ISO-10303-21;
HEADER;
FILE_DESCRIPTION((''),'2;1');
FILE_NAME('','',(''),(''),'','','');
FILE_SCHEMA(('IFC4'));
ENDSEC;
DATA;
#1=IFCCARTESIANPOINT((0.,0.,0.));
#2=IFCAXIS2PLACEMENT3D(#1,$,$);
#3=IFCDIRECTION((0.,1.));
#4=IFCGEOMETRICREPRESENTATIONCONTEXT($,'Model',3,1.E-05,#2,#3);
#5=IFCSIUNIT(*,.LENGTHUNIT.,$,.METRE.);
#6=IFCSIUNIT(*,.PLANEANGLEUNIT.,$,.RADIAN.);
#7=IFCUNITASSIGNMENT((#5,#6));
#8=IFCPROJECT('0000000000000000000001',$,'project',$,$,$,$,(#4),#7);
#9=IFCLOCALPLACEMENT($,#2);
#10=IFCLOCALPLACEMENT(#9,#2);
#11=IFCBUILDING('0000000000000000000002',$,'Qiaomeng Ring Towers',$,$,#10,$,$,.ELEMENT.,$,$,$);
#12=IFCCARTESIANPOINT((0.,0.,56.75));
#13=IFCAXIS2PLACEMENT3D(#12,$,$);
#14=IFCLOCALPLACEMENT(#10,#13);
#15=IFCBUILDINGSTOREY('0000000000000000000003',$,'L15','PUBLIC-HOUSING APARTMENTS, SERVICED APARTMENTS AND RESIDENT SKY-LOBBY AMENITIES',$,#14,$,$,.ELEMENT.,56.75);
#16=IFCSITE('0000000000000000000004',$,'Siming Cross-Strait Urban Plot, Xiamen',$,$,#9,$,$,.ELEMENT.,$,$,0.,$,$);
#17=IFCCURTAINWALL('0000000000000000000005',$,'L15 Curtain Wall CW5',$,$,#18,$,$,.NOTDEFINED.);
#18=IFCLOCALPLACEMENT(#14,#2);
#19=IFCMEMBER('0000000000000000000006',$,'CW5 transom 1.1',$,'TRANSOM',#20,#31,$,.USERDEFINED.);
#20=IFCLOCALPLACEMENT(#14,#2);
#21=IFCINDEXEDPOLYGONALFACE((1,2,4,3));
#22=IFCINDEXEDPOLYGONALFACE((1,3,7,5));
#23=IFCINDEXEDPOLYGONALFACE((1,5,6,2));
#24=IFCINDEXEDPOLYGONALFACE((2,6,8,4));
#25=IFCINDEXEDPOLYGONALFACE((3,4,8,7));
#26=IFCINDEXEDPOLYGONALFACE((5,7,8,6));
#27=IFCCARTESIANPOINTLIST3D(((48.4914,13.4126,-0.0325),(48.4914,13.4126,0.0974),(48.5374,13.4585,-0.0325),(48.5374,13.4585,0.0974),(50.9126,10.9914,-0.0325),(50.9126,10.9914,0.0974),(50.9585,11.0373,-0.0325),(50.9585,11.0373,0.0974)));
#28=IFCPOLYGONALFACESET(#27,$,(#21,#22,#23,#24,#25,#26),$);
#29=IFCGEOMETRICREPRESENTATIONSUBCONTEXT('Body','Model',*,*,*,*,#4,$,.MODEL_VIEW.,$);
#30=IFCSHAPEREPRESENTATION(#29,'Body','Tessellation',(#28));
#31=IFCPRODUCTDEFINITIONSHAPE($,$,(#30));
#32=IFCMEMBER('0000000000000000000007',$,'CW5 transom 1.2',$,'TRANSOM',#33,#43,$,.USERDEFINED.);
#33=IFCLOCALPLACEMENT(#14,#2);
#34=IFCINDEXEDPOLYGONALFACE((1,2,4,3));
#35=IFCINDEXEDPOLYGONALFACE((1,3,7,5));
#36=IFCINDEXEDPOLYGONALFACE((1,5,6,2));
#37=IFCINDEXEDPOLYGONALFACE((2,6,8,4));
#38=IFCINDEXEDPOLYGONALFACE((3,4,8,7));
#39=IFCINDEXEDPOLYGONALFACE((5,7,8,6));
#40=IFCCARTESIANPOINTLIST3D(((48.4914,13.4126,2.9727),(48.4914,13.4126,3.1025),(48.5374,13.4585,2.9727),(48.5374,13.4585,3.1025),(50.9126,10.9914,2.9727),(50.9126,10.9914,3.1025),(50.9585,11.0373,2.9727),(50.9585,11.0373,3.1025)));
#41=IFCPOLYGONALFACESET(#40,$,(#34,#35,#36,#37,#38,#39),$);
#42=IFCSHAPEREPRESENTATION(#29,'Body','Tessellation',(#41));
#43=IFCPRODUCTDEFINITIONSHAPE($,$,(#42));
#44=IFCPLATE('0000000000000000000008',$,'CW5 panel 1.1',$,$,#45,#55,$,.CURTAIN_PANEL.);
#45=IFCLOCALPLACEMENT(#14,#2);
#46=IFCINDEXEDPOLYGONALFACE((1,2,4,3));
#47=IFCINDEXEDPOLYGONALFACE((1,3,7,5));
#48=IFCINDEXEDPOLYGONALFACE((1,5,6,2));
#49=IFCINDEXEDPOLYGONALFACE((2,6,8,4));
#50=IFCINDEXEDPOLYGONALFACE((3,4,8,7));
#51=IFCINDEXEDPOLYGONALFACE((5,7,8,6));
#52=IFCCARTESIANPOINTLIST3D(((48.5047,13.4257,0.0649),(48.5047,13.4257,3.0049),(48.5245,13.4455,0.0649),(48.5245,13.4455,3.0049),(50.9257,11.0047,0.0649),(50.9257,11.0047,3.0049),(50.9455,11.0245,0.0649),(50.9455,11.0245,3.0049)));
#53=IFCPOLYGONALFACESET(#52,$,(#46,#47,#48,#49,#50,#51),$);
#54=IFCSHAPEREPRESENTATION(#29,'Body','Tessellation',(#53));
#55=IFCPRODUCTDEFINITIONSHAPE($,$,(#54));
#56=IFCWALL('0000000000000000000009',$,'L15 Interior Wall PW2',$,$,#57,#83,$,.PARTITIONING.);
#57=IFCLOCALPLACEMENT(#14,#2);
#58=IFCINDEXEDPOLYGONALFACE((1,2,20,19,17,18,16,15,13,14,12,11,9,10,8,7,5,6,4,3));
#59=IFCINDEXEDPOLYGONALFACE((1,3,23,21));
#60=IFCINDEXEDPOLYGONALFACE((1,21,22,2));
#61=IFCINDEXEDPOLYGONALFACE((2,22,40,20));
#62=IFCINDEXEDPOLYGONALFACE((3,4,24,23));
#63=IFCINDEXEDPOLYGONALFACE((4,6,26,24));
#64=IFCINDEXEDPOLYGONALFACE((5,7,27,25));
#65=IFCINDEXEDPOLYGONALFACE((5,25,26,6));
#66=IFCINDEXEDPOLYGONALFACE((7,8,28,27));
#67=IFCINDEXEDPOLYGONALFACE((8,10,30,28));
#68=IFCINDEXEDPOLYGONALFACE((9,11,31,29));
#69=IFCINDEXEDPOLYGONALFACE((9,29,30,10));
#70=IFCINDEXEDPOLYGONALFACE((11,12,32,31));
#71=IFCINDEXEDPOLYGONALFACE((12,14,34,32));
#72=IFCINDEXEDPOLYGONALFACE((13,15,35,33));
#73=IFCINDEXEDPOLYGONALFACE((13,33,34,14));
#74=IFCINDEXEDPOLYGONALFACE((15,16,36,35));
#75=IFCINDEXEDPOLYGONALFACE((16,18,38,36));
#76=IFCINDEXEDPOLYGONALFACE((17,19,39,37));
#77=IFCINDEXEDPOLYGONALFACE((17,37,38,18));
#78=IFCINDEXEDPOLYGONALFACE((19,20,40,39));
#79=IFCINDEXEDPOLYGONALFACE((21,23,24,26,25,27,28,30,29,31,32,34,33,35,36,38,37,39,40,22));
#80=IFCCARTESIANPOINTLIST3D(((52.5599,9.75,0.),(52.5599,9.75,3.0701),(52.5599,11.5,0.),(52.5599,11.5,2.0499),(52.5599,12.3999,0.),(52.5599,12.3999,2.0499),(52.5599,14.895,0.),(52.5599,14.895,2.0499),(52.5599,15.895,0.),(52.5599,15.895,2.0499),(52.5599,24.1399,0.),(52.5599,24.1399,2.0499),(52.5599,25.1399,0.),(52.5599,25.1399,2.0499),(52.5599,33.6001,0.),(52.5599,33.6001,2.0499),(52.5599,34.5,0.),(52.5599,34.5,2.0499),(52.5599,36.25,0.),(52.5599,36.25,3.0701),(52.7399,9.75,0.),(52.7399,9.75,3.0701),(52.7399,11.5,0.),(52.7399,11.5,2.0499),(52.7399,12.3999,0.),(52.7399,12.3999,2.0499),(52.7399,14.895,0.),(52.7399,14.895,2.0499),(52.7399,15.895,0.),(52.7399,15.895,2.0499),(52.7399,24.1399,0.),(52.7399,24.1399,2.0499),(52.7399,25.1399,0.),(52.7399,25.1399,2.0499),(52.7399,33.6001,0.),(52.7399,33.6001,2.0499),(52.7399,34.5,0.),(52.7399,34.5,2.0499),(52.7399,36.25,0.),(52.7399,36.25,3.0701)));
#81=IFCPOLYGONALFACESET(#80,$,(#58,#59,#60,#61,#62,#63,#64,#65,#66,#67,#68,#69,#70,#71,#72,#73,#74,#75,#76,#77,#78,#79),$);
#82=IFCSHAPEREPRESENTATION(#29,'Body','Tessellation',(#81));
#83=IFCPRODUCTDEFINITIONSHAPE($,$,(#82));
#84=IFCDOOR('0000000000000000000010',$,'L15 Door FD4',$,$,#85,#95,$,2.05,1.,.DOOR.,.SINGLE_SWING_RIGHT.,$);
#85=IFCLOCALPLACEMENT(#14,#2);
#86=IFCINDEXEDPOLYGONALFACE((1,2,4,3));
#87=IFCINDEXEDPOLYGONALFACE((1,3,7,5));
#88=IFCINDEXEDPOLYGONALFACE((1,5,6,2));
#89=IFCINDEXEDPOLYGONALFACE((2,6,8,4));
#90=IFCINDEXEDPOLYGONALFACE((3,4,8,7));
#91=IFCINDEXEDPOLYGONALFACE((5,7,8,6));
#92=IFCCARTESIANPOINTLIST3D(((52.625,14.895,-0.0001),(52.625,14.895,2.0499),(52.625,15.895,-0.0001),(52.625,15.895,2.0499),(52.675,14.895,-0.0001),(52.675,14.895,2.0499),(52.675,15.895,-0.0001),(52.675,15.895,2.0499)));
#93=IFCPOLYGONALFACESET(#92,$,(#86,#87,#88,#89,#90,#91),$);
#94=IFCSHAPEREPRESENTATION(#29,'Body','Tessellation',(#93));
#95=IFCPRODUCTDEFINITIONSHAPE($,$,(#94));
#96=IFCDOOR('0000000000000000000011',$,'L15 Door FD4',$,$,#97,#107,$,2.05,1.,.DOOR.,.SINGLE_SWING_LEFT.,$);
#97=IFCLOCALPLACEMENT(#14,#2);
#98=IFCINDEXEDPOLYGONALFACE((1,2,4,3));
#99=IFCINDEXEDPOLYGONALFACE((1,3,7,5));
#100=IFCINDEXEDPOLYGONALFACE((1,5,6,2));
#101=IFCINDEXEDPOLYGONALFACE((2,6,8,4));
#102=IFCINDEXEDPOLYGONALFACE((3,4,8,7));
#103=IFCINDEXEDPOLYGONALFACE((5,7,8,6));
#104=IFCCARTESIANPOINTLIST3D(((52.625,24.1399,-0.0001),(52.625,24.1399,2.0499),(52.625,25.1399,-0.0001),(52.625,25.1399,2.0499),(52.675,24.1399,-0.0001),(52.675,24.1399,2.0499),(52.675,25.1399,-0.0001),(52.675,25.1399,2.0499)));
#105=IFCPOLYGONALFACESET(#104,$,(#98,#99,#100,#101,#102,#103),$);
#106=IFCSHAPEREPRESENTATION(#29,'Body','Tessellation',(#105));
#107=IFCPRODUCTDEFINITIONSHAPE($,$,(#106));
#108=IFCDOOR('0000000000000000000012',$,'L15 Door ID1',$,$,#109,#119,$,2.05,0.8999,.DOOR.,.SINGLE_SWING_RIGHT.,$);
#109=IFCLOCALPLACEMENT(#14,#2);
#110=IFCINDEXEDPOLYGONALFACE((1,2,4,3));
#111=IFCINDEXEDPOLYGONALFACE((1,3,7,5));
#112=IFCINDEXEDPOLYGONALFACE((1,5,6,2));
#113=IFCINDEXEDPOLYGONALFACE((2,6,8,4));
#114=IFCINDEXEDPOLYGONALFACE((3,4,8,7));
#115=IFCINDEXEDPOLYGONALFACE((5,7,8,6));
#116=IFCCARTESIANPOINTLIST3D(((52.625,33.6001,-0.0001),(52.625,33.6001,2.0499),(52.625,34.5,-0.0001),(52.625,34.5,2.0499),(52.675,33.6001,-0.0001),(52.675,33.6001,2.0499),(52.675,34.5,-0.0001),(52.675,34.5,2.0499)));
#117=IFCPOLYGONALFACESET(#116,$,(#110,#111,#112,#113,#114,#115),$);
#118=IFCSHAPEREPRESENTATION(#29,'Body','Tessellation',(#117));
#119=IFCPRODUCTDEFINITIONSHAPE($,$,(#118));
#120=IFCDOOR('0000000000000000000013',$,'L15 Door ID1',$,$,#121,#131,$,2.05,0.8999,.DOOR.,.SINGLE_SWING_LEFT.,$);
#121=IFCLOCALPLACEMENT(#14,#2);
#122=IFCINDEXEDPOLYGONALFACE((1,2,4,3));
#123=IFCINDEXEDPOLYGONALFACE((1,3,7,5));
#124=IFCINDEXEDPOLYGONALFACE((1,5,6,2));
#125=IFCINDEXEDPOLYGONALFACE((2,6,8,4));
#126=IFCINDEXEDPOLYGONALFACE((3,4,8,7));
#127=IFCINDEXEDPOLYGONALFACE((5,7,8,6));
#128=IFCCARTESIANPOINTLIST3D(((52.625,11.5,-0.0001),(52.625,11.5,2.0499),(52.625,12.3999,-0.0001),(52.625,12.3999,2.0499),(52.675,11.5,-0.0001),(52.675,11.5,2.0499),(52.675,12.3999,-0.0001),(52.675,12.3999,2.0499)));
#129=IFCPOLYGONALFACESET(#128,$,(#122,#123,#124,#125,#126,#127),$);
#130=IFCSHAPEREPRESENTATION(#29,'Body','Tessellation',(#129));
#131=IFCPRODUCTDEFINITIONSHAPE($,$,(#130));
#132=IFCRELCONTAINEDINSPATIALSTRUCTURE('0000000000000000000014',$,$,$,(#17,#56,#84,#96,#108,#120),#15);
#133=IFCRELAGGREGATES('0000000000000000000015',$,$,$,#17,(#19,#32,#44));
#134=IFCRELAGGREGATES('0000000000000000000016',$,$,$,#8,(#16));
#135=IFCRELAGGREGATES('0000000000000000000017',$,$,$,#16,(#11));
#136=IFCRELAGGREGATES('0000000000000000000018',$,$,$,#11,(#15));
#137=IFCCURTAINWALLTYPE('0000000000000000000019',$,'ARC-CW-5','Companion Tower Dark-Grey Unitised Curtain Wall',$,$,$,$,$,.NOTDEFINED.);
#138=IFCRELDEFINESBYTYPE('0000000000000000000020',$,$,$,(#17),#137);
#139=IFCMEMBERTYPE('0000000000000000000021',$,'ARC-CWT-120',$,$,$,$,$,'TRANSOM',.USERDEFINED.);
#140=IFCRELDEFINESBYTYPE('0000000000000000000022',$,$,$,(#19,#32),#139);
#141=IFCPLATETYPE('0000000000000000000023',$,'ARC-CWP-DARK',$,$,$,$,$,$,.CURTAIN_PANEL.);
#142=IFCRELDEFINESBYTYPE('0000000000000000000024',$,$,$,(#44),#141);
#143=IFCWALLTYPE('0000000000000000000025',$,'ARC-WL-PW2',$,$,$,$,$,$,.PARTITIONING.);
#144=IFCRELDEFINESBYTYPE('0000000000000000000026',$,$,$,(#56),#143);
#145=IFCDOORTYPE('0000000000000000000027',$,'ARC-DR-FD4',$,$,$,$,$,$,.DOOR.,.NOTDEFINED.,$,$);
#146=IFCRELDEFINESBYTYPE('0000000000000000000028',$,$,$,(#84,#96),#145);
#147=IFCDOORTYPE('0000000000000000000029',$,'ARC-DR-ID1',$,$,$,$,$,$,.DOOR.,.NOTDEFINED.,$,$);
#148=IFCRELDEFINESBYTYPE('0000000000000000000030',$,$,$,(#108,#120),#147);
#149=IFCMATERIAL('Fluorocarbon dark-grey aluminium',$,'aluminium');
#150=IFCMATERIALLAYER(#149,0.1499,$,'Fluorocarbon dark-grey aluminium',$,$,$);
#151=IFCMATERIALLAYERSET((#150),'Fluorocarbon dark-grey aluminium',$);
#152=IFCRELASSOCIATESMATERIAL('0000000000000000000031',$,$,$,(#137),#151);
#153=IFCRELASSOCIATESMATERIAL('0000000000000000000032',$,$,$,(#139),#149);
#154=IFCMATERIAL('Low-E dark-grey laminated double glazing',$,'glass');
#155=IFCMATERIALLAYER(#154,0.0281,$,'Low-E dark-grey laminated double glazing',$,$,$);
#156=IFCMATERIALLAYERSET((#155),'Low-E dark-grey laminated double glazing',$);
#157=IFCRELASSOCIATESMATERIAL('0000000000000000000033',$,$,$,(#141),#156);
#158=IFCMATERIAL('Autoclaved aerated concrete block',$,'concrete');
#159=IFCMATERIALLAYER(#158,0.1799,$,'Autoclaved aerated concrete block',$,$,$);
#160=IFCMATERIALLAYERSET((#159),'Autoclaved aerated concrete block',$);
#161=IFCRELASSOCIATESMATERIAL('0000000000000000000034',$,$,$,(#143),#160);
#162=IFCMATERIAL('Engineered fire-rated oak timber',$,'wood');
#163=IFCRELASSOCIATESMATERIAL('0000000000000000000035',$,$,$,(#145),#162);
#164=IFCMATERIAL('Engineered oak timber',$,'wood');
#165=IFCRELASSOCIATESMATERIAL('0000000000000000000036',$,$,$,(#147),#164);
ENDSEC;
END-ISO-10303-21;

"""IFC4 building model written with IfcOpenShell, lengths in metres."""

from ifc_helpers import new_model, si_unit, direction, frame, frame_2d, origin, origin_2d, place, context, subcontext, project, spatial, rectangle, extrude, source, transform, mapped, material, layer, layer_set, material_profile, profile_set, type_object, element, fill, aggregate, save


model = new_model("IFC4")

# Units and contexts
model_context = context("Model", 3, precision=1e-05, world=origin(), true_north=direction((0.0, 1.0)))
body_context = subcontext(model_context, "Body", "Model", "MODEL_VIEW")
ifc_project = project(units=[si_unit("LENGTHUNIT", "METRE"), si_unit("PLANEANGLEUNIT", "RADIAN")], contexts=[model_context])

# Site, building, storey
site_placement = place(None, origin())
site = spatial("IfcSite", under=ifc_project, at=site_placement, Name="Siming Cross-Strait Urban Plot, Xiamen", CompositionType="ELEMENT", RefElevation=0.0)
building_placement = place(site_placement, origin())
building = spatial("IfcBuilding", under=site, at=building_placement, Name="Qiaomeng Ring Towers", CompositionType="ELEMENT")
storey_placement = place(building_placement, frame((0.0, 0.0, 56.75)))
storey = spatial("IfcBuildingStorey", under=building, at=storey_placement, Name="L15", Description="PUBLIC-HOUSING APARTMENTS, SERVICED APARTMENTS AND RESIDENT SKY-LOBBY AMENITIES", CompositionType="ELEMENT", Elevation=56.75)

# Curtain wall
ifc_material_1 = material(Name="Fluorocarbon dark-grey aluminium", Category="aluminium")
ifc_layer_1 = layer(ifc_material_1, 0.1499, Name="Fluorocarbon dark-grey aluminium")
ifc_layer_set_1 = layer_set([ifc_layer_1], Name="Fluorocarbon dark-grey aluminium")
curtain_wall_type = type_object("IfcCurtainWallType", Name="ARC-CW-5", Description="Companion Tower Dark-Grey Unitised Curtain Wall", PredefinedType="NOTDEFINED", material=ifc_layer_set_1)
curtain_wall_1_placement = place(storey_placement, origin())
curtain_wall_1 = element("IfcCurtainWall", 1, at=curtain_wall_1_placement, inside=storey, type_object=curtain_wall_type, Name="L15 Curtain Wall CW5", PredefinedType="NOTDEFINED")

# Shared definitions
ifc_material_profile_1 = material_profile(ifc_material_1, rectangle(XDim=0.0649, YDim=0.1299, at=origin_2d()), Name="ALU TRAN 65x130")
ifc_profile_set_1 = profile_set([ifc_material_profile_1], Name="Fluorocarbon dark-grey aluminium")
member_type_1 = type_object("IfcMemberType", Name="ARC-CWT-120", ElementType="TRANSOM", PredefinedType="USERDEFINED", material=ifc_profile_set_1)

# Members
shared_shape_1 = source(origin(), body_context, "Body", "SweptSolid", [
    extrude(rectangle(XDim=0.0649, YDim=0.1299, at=origin_2d()), origin(), (0.0, 0.0, 1.0), 3.4241),
])
member_1_placement = place(storey_placement, frame((48.5144, 13.4355, 0.0325), z_axis=(0.707107, -0.707107, 0.0), x_axis=(0.707107, 0.707107, 0.0)))
member_1 = element("IfcMember", 2, at=member_1_placement, type_object=member_type_1, Name="CW5 transom 1.1", ObjectType="TRANSOM", PredefinedType="USERDEFINED", context=body_context, shape_type="MappedRepresentation", body=[
    mapped(shared_shape_1, transform((0.0, 0.0, 0.0), x_axis=(1.0, 0.0, 0.0), y_axis=(0.0, 1.0, 0.0), z_axis=(0.0, 0.0, 1.0), scale=1.0)),
])
member_2_placement = place(storey_placement, frame((48.5144, 13.4355, 3.0376), z_axis=(0.707107, -0.707107, 0.0), x_axis=(0.707107, 0.707107, 0.0)))
member_2 = element("IfcMember", 3, at=member_2_placement, type_object=member_type_1, Name="CW5 transom 1.2", ObjectType="TRANSOM", PredefinedType="USERDEFINED", context=body_context, shape_type="MappedRepresentation", body=[
    mapped(shared_shape_1, transform((0.0, 0.0, 0.0), x_axis=(1.0, 0.0, 0.0), y_axis=(0.0, 1.0, 0.0), z_axis=(0.0, 0.0, 1.0), scale=1.0)),
])

# Plate
ifc_material_2 = material(Name="Low-E dark-grey laminated double glazing", Category="glass")
ifc_layer_2 = layer(ifc_material_2, 0.0281, Name="Low-E dark-grey laminated double glazing")
ifc_layer_set_2 = layer_set([ifc_layer_2], Name="Low-E dark-grey laminated double glazing")
plate_type = type_object("IfcPlateType", Name="ARC-CWP-DARK", PredefinedType="CURTAIN_PANEL", material=ifc_layer_set_2)
shared_shape_2 = source(origin(), body_context, "Body", "SweptSolid", [
    extrude(rectangle(XDim=3.4238, YDim=0.0281, at=origin_2d()), origin(), (0.0, 0.0, 1.0), 2.9399),
])
plate_placement = place(storey_placement, frame((49.7251, 12.2251, 0.0649), z_axis=(0.0, 0.0, 1.0), x_axis=(0.707107, -0.707107, 0.0)))
plate = element("IfcPlate", 4, at=plate_placement, type_object=plate_type, Name="CW5 panel 1.1", PredefinedType="CURTAIN_PANEL", context=body_context, shape_type="MappedRepresentation", body=[
    mapped(shared_shape_2, transform((0.0, 0.0, 0.0), x_axis=(1.0, 0.0, 0.0), y_axis=(0.0, 1.0, 0.0), z_axis=(0.0, 0.0, 1.0), scale=1.0)),
])
aggregate(curtain_wall_1, [member_1, member_2, plate])

# Wall, openings, doors
ifc_material_3 = material(Name="Autoclaved aerated concrete block", Category="concrete")
ifc_layer_3 = layer(ifc_material_3, 0.1799, Name="Autoclaved aerated concrete block")
ifc_layer_set_3 = layer_set([ifc_layer_3], Name="Autoclaved aerated concrete block")
wall_type_1 = type_object("IfcWallType", Name="ARC-WL-PW2", PredefinedType="PARTITIONING", material=ifc_layer_set_3)
wall_1_placement = place(storey_placement, frame((52.6499, 9.75, 0.0), z_axis=(0.0, 0.0, 1.0), x_axis=(0.0, 1.0, 0.0)))
wall_1 = element("IfcWall", 5, at=wall_1_placement, inside=storey, type_object=wall_type_1, Name="L15 Interior Wall PW2", PredefinedType="PARTITIONING", context=body_context, shape_type="SweptSolid", body=[
    extrude(rectangle(XDim=26.5, YDim=0.1799, at=frame_2d((13.25, 0.0))), origin(), (0.0, 0.0, 1.0), 3.0701),
])
opening_1_placement = place(wall_1_placement, frame((23.8501, 0.0, 0.0)))
opening_1 = element("IfcOpeningElement", 6, at=opening_1_placement, cuts=wall_1, PredefinedType="OPENING", context=body_context, shape_type="SweptSolid", body=[
    extrude(rectangle(XDim=0.8999, YDim=2.05, at=frame_2d((0.45, 1.0249))), frame((0.0, 0.0999, 0.0), z_axis=(0.0, -1.0, 0.0), x_axis=(1.0, 0.0, 0.0)), (0.0, 0.0, 1.0), 0.2),
])
opening_2_placement = place(wall_1_placement, frame((1.75, 0.0, 0.0)))
opening_2 = element("IfcOpeningElement", 7, at=opening_2_placement, cuts=wall_1, PredefinedType="OPENING", context=body_context, shape_type="SweptSolid", body=[
    extrude(rectangle(XDim=0.8999, YDim=2.05, at=frame_2d((0.45, 1.0249))), frame((0.0, 0.0999, 0.0), z_axis=(0.0, -1.0, 0.0), x_axis=(1.0, 0.0, 0.0)), (0.0, 0.0, 1.0), 0.2),
])
opening_3_placement = place(wall_1_placement, frame((5.145, 0.0, 0.0)))
opening_3 = element("IfcOpeningElement", 8, at=opening_3_placement, cuts=wall_1, PredefinedType="OPENING", context=body_context, shape_type="SweptSolid", body=[
    extrude(rectangle(XDim=1.0, YDim=2.05, at=frame_2d((0.5, 1.0249))), frame((0.0, 0.0999, 0.0), z_axis=(0.0, -1.0, 0.0), x_axis=(1.0, 0.0, 0.0)), (0.0, 0.0, 1.0), 0.2),
])
opening_4_placement = place(wall_1_placement, frame((14.3899, 0.0, 0.0)))
opening_4 = element("IfcOpeningElement", 9, at=opening_4_placement, cuts=wall_1, PredefinedType="OPENING", context=body_context, shape_type="SweptSolid", body=[
    extrude(rectangle(XDim=1.0, YDim=2.05, at=frame_2d((0.5, 1.0249))), frame((0.0, 0.0999, 0.0), z_axis=(0.0, -1.0, 0.0), x_axis=(1.0, 0.0, 0.0)), (0.0, 0.0, 1.0), 0.2),
])
ifc_material_4 = material(Name="Engineered fire-rated oak timber", Category="wood")
door_type_1 = type_object("IfcDoorType", Name="ARC-DR-FD4", OperationType="NOTDEFINED", PredefinedType="DOOR", material=ifc_material_4)
shared_shape_3 = source(origin(), body_context, "Body", "SweptSolid", [
    extrude(rectangle(XDim=1.0, YDim=2.05, at=frame_2d((0.5, 1.0249))), frame((0.0, 0.0249, 0.0), z_axis=(0.0, -1.0, 0.0), x_axis=(1.0, 0.0, 0.0)), (0.0, 0.0, 1.0), 0.05),
])
door_1_placement = place(opening_3_placement, origin())
door_1 = element("IfcDoor", 10, at=door_1_placement, inside=storey, type_object=door_type_1, Name="L15 Door FD4", OperationType="SINGLE_SWING_RIGHT", OverallHeight=2.05, OverallWidth=1.0, PredefinedType="DOOR", context=body_context, shape_type="MappedRepresentation", body=[
    mapped(shared_shape_3, transform((0.0, 0.0, 0.0), x_axis=(1.0, 0.0, 0.0), y_axis=(0.0, 1.0, 0.0), z_axis=(0.0, 0.0, 1.0), scale=1.0)),
])
fill(opening_3, door_1)
door_2_placement = place(opening_4_placement, origin())
door_2 = element("IfcDoor", 11, at=door_2_placement, inside=storey, type_object=door_type_1, Name="L15 Door FD4", OperationType="SINGLE_SWING_LEFT", OverallHeight=2.05, OverallWidth=1.0, PredefinedType="DOOR", context=body_context, shape_type="MappedRepresentation", body=[
    mapped(shared_shape_3, transform((0.0, 0.0, 0.0), x_axis=(1.0, 0.0, 0.0), y_axis=(0.0, 1.0, 0.0), z_axis=(0.0, 0.0, 1.0), scale=1.0)),
])
fill(opening_4, door_2)
ifc_material_5 = material(Name="Engineered oak timber", Category="wood")
door_type_2 = type_object("IfcDoorType", Name="ARC-DR-ID1", OperationType="NOTDEFINED", PredefinedType="DOOR", material=ifc_material_5)
shared_shape_4 = source(origin(), body_context, "Body", "SweptSolid", [
    extrude(rectangle(XDim=0.8999, YDim=2.05, at=frame_2d((0.45, 1.0249))), frame((0.0, 0.0249, 0.0), z_axis=(0.0, -1.0, 0.0), x_axis=(1.0, 0.0, 0.0)), (0.0, 0.0, 1.0), 0.05),
])
door_3_placement = place(opening_1_placement, origin())
door_3 = element("IfcDoor", 12, at=door_3_placement, inside=storey, type_object=door_type_2, Name="L15 Door ID1", OperationType="SINGLE_SWING_RIGHT", OverallHeight=2.05, OverallWidth=0.8999, PredefinedType="DOOR", context=body_context, shape_type="MappedRepresentation", body=[
    mapped(shared_shape_4, transform((0.0, 0.0, 0.0), x_axis=(1.0, 0.0, 0.0), y_axis=(0.0, 1.0, 0.0), z_axis=(0.0, 0.0, 1.0), scale=1.0)),
])
fill(opening_1, door_3)
door_4_placement = place(opening_2_placement, origin())
door_4 = element("IfcDoor", 13, at=door_4_placement, inside=storey, type_object=door_type_2, Name="L15 Door ID1", OperationType="SINGLE_SWING_LEFT", OverallHeight=2.05, OverallWidth=0.8999, PredefinedType="DOOR", context=body_context, shape_type="MappedRepresentation", body=[
    mapped(shared_shape_4, transform((0.0, 0.0, 0.0), x_axis=(1.0, 0.0, 0.0), y_axis=(0.0, 1.0, 0.0), z_axis=(0.0, 0.0, 1.0), scale=1.0)),
])
fill(opening_2, door_4)

save(model, "model.ifc")
